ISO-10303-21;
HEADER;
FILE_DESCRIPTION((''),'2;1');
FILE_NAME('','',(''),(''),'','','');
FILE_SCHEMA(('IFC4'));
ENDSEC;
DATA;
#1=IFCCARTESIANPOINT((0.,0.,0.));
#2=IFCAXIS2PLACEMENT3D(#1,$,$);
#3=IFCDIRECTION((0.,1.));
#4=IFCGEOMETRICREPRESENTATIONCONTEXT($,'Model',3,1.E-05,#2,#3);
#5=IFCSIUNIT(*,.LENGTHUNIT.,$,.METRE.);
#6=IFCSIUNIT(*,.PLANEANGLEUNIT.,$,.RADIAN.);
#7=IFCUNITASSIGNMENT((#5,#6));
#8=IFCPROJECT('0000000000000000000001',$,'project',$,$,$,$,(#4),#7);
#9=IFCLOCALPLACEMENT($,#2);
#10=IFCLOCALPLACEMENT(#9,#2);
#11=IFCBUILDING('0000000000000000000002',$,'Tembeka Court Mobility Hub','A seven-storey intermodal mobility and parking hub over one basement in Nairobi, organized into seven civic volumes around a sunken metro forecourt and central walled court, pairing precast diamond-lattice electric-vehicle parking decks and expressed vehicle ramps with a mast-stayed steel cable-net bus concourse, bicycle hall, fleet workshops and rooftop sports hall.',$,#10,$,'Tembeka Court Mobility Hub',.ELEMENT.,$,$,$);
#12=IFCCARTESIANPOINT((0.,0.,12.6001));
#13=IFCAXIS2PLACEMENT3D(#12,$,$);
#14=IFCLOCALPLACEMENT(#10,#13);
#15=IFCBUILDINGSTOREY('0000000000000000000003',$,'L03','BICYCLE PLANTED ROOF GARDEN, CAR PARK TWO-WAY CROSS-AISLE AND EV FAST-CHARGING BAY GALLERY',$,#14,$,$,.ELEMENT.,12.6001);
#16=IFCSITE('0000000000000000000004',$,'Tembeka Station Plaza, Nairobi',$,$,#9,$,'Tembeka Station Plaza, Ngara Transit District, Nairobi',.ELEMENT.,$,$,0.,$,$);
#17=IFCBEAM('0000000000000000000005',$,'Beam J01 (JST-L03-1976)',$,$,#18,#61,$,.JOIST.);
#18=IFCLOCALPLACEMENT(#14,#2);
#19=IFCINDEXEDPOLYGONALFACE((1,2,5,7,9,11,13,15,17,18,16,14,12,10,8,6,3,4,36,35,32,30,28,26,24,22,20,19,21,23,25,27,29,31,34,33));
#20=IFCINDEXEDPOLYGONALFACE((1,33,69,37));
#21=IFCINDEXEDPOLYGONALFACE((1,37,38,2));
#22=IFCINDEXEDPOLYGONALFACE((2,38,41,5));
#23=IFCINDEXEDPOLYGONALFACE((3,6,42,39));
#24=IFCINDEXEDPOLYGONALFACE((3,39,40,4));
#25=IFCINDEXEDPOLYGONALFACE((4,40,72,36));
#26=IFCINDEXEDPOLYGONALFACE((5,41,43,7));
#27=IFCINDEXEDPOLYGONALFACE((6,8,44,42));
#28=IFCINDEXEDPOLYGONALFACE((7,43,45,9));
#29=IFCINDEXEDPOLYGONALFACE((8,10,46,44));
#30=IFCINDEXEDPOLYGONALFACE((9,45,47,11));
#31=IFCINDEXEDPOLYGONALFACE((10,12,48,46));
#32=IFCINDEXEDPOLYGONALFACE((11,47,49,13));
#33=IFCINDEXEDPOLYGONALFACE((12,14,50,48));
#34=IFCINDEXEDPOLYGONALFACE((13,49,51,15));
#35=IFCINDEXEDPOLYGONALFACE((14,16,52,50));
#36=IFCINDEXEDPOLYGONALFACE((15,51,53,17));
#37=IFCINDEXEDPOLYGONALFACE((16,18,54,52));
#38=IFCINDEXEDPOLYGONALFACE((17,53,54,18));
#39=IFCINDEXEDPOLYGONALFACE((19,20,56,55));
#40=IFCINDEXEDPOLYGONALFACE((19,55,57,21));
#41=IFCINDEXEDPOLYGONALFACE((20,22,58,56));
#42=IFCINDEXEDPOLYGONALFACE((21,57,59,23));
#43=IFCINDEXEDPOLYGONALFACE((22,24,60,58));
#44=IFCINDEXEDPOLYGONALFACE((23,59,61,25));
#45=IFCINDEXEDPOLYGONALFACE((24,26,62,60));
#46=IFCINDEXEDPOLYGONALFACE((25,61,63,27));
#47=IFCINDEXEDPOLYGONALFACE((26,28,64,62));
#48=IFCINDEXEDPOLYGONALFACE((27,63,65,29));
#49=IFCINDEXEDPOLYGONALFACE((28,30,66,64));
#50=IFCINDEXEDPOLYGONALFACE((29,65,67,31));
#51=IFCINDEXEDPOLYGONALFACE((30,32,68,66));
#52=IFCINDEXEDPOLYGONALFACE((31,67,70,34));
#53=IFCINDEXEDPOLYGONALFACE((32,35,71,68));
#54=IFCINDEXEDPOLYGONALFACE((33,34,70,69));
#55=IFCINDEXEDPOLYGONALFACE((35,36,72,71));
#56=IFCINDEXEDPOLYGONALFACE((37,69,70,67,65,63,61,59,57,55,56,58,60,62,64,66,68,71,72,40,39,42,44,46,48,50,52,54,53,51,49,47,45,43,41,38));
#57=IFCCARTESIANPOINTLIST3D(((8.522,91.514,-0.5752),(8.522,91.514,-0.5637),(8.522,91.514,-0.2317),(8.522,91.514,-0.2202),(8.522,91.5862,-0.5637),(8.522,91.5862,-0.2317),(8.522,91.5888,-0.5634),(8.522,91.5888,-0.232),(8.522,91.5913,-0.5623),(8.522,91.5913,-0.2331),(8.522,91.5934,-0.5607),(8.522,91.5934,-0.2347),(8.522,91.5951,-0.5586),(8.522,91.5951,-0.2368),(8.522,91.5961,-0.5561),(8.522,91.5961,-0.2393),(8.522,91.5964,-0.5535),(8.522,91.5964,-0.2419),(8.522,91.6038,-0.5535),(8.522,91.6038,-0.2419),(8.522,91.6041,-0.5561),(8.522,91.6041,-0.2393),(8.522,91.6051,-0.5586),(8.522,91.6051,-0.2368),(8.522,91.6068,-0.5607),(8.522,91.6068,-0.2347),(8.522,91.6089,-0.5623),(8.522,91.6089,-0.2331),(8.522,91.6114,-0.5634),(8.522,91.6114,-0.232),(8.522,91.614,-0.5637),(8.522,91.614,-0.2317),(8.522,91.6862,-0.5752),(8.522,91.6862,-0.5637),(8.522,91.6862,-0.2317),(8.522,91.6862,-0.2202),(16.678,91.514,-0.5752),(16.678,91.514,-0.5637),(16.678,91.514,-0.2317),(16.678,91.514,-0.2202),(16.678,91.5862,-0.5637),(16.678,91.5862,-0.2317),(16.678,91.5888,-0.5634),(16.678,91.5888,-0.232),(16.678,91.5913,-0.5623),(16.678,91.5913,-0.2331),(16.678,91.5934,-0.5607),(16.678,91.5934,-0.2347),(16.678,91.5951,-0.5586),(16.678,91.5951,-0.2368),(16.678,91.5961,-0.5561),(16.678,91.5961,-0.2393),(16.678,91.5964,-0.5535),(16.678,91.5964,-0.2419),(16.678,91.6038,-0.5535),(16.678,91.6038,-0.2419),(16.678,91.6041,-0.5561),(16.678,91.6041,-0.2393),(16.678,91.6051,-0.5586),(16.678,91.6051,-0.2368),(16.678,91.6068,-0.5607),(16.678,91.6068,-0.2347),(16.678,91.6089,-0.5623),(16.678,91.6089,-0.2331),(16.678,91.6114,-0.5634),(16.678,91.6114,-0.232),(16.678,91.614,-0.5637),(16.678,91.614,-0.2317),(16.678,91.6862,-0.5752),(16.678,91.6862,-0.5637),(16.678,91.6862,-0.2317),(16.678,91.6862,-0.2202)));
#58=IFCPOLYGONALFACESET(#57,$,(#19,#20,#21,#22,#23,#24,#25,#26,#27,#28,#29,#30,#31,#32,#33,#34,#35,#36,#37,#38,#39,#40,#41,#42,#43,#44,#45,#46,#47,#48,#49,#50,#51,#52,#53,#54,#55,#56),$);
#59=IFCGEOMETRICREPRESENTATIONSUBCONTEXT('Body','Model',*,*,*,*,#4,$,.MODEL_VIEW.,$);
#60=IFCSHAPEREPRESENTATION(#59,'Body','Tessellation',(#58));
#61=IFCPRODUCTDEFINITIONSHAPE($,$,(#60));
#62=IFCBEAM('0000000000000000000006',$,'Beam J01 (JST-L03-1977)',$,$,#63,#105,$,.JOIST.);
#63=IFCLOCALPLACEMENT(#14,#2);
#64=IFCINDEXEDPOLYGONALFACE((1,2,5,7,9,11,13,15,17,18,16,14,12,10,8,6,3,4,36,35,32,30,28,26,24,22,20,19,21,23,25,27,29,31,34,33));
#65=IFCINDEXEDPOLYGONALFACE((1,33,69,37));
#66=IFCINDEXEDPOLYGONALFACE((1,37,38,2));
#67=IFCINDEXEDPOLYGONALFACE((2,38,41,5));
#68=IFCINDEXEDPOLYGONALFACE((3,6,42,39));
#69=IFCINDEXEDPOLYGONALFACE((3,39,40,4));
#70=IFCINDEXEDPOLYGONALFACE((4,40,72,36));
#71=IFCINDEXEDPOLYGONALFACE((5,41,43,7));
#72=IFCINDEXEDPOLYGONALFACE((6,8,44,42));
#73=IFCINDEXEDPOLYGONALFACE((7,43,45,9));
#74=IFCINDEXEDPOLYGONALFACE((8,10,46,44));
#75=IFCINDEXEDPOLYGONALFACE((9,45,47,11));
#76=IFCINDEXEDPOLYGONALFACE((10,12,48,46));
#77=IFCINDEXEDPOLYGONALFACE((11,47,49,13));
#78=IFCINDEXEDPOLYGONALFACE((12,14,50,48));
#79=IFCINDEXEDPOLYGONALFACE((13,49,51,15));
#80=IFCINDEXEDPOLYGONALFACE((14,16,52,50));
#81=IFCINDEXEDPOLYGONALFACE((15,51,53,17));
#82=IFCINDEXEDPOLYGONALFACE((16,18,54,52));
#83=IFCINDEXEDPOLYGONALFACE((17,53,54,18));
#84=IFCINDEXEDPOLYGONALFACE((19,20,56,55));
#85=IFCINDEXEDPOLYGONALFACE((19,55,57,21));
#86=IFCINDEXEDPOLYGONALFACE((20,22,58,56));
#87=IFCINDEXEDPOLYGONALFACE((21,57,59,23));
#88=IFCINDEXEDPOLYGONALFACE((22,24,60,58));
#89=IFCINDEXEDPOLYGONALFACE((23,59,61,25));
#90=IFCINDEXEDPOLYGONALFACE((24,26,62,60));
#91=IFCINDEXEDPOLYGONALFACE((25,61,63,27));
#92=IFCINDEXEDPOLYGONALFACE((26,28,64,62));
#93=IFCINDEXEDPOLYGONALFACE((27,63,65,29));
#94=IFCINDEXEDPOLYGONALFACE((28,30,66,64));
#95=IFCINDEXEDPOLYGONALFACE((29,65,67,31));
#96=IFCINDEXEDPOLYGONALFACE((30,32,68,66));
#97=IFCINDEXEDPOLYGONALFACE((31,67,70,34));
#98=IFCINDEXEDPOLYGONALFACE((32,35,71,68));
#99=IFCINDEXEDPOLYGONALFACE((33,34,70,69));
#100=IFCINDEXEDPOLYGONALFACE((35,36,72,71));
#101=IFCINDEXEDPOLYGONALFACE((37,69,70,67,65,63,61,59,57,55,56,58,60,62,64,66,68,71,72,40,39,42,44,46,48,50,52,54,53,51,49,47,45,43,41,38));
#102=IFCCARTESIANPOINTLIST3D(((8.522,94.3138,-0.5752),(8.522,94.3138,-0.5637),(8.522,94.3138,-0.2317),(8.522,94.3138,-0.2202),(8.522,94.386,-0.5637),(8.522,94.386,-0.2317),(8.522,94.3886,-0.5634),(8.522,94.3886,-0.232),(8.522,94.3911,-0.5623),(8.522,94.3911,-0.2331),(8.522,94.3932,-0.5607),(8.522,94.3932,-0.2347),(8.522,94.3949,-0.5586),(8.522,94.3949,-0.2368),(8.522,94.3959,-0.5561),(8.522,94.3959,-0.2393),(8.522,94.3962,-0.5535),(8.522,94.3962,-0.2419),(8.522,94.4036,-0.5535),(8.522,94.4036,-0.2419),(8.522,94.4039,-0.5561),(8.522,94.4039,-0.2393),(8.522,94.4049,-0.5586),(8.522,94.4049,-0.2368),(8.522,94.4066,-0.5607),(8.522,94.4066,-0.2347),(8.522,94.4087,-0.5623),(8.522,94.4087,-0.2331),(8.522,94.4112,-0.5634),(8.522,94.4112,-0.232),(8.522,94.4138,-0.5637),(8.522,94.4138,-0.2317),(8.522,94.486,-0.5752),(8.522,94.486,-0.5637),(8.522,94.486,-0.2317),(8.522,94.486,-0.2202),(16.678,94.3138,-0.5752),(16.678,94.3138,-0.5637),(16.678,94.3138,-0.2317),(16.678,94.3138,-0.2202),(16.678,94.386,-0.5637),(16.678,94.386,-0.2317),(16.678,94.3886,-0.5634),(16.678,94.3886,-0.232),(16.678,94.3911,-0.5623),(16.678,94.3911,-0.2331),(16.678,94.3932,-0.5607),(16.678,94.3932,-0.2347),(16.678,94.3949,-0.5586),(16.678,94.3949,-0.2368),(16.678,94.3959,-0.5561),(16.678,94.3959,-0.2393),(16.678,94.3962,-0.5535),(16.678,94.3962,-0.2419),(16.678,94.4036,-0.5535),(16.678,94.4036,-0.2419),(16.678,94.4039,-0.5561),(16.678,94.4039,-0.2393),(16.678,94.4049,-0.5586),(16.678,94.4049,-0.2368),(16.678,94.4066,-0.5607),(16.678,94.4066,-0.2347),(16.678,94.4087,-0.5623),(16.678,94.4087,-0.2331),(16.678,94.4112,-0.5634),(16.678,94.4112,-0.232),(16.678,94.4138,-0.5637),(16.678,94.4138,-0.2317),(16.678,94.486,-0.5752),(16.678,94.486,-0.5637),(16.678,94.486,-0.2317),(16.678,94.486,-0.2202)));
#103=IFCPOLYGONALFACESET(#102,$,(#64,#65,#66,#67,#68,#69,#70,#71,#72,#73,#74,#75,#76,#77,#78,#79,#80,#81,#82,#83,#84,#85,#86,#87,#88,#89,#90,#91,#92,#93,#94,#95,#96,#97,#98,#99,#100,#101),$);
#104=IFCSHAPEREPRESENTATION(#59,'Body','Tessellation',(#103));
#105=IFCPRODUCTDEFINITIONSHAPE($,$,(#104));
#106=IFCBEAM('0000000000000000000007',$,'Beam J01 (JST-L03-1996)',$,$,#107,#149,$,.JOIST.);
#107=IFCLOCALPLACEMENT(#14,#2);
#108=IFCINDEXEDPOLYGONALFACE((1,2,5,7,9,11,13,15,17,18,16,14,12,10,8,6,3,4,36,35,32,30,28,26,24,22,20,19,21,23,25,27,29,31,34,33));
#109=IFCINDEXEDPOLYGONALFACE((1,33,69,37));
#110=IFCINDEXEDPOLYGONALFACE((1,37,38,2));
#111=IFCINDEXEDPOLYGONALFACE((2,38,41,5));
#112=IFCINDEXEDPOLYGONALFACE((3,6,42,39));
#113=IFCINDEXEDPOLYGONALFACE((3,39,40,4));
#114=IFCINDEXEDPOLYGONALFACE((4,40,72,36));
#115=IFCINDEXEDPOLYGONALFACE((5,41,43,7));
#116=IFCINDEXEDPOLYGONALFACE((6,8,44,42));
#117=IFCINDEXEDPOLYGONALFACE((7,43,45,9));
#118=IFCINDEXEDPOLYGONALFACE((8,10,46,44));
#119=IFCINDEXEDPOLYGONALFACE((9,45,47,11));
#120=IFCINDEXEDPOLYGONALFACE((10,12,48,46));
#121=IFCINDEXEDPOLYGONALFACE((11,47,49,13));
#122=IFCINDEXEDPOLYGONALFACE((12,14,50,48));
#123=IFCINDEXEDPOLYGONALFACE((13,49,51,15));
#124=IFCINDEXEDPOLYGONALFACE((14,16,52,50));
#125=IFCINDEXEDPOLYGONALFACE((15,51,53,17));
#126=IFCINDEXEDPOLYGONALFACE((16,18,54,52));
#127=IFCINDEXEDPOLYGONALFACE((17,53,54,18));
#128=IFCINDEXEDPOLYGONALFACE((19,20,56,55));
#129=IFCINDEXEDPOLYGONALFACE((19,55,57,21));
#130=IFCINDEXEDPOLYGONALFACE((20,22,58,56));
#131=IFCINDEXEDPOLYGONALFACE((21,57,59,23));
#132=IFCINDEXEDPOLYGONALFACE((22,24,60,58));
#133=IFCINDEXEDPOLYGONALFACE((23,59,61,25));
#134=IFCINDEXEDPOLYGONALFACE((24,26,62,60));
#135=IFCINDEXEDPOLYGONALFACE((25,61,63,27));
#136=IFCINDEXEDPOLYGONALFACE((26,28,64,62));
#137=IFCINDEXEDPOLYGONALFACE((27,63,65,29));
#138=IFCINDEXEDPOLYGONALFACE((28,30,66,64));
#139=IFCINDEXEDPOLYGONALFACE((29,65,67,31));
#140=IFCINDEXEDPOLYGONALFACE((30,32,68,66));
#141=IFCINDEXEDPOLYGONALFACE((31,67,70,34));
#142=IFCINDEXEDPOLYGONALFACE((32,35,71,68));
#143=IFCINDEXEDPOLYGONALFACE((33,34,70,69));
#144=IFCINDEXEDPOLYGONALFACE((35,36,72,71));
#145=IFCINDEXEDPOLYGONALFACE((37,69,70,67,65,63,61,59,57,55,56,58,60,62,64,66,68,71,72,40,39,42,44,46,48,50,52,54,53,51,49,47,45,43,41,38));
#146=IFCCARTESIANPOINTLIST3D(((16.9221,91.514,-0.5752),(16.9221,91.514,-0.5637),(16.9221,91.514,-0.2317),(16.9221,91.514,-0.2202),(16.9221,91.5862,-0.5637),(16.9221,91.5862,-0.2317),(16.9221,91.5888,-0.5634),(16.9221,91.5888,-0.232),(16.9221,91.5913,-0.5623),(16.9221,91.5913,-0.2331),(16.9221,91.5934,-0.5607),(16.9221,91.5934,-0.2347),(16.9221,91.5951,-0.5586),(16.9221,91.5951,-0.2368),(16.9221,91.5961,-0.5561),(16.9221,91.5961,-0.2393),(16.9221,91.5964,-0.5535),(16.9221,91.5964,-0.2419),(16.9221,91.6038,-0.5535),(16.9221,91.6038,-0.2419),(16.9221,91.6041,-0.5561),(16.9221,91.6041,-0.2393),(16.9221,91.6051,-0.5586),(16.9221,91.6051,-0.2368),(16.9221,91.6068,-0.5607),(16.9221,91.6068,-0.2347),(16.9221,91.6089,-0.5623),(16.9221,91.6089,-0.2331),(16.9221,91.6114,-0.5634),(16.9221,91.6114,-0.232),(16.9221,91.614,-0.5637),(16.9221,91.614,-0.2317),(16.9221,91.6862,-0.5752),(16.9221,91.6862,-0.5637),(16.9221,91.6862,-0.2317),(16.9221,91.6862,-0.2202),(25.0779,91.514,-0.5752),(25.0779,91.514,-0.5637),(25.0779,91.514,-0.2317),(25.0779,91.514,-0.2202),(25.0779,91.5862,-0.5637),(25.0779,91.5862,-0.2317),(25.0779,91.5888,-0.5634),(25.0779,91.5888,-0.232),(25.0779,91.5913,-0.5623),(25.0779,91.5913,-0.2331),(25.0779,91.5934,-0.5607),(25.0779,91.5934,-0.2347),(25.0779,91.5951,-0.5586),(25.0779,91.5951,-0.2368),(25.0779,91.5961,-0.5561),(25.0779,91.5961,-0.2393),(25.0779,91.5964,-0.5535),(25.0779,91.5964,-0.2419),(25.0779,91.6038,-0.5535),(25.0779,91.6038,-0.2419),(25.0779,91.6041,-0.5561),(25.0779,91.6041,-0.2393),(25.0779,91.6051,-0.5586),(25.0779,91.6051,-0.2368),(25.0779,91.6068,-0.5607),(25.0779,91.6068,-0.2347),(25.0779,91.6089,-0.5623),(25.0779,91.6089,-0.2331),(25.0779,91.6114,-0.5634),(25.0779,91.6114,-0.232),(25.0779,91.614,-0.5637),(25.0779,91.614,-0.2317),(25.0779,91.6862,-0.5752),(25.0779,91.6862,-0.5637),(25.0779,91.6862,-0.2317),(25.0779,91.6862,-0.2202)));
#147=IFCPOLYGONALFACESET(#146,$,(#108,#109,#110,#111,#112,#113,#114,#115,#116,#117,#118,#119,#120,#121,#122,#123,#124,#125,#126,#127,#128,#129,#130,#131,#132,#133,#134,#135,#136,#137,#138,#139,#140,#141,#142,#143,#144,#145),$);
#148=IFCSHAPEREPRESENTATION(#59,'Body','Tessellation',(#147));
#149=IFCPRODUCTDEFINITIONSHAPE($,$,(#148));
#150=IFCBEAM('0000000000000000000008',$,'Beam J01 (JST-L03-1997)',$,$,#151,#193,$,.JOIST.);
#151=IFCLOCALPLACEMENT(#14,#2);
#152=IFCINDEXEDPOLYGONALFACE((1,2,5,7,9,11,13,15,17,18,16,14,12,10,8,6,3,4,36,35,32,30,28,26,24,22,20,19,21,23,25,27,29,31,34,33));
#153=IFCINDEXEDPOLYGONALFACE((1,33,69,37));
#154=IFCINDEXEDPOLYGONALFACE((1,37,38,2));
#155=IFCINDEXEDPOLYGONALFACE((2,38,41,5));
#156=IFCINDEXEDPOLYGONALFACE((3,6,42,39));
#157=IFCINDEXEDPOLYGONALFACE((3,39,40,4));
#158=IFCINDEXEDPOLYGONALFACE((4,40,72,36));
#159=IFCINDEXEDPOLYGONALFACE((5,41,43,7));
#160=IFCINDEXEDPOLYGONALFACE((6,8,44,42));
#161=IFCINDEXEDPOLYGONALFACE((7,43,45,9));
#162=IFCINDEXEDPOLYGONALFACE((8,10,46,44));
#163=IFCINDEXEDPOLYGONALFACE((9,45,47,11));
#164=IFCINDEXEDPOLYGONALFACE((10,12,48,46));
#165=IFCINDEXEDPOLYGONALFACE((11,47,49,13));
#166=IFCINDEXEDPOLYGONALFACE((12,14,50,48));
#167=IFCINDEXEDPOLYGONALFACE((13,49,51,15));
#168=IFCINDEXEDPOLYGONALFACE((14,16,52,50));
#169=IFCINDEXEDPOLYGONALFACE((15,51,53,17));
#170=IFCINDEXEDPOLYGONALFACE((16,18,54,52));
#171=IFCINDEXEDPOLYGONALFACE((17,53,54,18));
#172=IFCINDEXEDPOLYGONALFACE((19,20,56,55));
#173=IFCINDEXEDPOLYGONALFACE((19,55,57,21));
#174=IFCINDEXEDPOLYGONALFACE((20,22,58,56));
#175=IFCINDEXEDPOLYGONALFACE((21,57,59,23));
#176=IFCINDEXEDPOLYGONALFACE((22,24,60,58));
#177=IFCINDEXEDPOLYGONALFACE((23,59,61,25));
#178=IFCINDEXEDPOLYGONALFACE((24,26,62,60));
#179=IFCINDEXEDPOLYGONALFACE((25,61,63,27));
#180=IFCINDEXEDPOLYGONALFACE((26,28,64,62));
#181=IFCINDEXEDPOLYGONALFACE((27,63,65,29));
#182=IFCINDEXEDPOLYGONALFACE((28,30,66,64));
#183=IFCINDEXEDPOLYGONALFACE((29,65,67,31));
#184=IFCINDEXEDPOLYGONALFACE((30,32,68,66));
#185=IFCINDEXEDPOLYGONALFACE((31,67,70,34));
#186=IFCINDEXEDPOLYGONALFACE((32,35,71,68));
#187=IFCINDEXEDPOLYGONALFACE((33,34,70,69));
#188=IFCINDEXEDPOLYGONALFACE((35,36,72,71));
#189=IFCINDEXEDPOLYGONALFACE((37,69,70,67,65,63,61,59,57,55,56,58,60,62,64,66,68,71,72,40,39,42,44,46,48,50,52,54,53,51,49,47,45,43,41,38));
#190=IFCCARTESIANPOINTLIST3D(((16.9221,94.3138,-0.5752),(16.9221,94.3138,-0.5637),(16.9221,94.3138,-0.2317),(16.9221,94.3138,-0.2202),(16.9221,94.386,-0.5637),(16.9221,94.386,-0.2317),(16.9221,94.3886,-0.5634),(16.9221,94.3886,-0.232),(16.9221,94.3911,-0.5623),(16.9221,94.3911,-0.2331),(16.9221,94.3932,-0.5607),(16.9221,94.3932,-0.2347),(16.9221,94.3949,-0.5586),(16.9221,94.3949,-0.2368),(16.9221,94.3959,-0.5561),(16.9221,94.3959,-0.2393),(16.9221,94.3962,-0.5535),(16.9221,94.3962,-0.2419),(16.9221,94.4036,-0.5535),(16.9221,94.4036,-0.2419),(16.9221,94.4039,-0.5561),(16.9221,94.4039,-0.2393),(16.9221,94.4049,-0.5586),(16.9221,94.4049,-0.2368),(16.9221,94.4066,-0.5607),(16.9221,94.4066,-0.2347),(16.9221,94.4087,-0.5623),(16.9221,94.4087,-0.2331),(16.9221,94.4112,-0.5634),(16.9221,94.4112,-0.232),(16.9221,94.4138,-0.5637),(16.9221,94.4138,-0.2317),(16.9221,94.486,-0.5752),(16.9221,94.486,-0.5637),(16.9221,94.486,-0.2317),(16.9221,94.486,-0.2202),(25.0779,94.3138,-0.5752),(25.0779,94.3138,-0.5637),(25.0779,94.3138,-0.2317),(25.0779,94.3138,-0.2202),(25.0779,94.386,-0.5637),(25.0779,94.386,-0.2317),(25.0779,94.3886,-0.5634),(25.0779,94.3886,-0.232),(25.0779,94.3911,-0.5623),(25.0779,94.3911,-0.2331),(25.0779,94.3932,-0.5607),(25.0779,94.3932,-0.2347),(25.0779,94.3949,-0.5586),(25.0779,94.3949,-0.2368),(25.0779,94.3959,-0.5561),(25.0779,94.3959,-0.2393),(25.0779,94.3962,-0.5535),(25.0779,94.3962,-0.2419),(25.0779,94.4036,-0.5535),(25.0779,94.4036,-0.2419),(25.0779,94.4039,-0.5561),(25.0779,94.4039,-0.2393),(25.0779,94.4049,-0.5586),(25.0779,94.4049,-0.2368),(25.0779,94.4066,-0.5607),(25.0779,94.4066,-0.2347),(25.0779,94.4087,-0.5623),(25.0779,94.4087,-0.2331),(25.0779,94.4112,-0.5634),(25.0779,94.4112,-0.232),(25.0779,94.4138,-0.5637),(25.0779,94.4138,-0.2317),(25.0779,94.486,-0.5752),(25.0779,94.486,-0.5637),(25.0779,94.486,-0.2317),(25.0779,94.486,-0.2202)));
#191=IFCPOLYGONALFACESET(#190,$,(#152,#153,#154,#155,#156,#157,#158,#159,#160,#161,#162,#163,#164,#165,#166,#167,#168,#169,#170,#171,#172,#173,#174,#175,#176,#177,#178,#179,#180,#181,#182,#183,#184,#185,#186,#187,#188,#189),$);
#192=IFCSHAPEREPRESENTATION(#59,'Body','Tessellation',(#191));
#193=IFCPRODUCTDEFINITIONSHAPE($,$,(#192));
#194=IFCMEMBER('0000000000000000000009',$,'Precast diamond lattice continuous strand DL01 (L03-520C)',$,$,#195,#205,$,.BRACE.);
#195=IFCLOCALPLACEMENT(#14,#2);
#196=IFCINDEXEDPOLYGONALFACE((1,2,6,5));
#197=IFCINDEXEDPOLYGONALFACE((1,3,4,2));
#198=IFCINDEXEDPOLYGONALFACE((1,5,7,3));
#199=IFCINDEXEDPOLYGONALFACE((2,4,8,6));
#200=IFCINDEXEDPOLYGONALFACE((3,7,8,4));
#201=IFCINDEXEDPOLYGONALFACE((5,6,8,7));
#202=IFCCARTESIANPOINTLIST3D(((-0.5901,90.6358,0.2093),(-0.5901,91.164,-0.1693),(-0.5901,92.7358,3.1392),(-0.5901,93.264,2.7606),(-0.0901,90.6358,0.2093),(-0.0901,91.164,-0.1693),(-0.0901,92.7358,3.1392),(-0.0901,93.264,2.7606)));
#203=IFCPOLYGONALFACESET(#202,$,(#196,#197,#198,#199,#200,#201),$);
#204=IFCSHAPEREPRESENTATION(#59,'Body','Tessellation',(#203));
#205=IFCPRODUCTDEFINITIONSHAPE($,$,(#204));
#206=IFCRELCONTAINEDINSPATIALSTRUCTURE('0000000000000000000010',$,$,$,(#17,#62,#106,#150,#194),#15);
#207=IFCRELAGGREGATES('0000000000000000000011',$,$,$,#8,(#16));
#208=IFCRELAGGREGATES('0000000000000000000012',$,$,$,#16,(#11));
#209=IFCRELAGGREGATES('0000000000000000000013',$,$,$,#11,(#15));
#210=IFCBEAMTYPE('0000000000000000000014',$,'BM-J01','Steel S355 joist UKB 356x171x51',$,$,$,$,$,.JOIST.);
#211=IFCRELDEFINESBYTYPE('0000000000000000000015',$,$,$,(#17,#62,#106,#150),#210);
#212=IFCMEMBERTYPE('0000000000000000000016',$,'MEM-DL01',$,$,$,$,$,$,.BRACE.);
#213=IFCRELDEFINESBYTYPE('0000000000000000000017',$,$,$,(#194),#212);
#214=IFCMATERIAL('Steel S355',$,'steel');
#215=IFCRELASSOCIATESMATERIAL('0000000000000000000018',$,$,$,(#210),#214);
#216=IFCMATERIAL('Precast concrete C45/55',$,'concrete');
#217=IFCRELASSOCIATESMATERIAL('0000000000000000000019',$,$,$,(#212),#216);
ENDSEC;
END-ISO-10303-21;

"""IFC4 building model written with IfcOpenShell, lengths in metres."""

from ifc_helpers import new_model, si_unit, direction, frame, origin, origin_2d, place, context, subcontext, project, spatial, rectangle, i_section, extrude, material, material_profile, profile_set, type_object, element, save


model = new_model("IFC4")

# Units and contexts
model_context = context("Model", 3, precision=1e-05, world=origin(), true_north=direction((0.0, 1.0)))
body_context = subcontext(model_context, "Body", "Model", "MODEL_VIEW")
ifc_project = project(units=[si_unit("LENGTHUNIT", "METRE"), si_unit("PLANEANGLEUNIT", "RADIAN")], contexts=[model_context])

# Site, building, storey
site_placement = place(None, origin())
site = spatial("IfcSite", under=ifc_project, at=site_placement, Name="Tembeka Station Plaza, Nairobi", LongName="Tembeka Station Plaza, Ngara Transit District, Nairobi", CompositionType="ELEMENT", RefElevation=0.0)
building_placement = place(site_placement, origin())
building = spatial("IfcBuilding", under=site, at=building_placement, Name="Tembeka Court Mobility Hub", Description="A seven-storey intermodal mobility and parking hub over one basement in Nairobi, organized into seven civic volumes around a sunken metro forecourt and central walled court, pairing precast diamond-lattice electric-vehicle parking decks and expressed vehicle ramps with a mast-stayed steel cable-net bus concourse, bicycle hall, fleet workshops and rooftop sports hall.", LongName="Tembeka Court Mobility Hub", CompositionType="ELEMENT")
storey_placement = place(building_placement, frame((0.0, 0.0, 12.6001)))
storey = spatial("IfcBuildingStorey", under=building, at=storey_placement, Name="L03", Description="BICYCLE PLANTED ROOF GARDEN, CAR PARK TWO-WAY CROSS-AISLE AND EV FAST-CHARGING BAY GALLERY", CompositionType="ELEMENT", Elevation=12.6001)

# Shared definitions
ifc_material_1 = material(Name="Steel S355", Category="steel")

# Beams
ifc_material_profile_1 = material_profile(ifc_material_1, i_section(OverallWidth=0.1721, OverallDepth=0.355, WebThickness=0.0073, FlangeThickness=0.0115, FilletRadius=0.0103, at=origin_2d()), Name="UKB 356x171x51")
ifc_profile_set_1 = profile_set([ifc_material_profile_1], Name="Steel S355")
beam_type_1 = type_object("IfcBeamType", Name="BM-J01", Description="Steel S355 joist UKB 356x171x51", PredefinedType="JOIST", material=ifc_profile_set_1)
for number, where, z_axis, x_axis, name in (
    (1, (8.522, 91.6001, -0.3977), (1.0, 0.0, 0.0), (0.0, 1.0, 0.0), "Beam J01 (JST-L03-1976)"),
    (2, (8.522, 94.3999, -0.3977), (1.0, 0.0, 0.0), (0.0, 1.0, 0.0), "Beam J01 (JST-L03-1977)"),
):
    element("IfcBeam", number, at=place(storey_placement, frame(where, z_axis=z_axis, x_axis=x_axis)), inside=storey, type_object=beam_type_1, Name=name, PredefinedType="JOIST", context=body_context, shape_type="SweptSolid", body=[
        extrude(i_section(OverallWidth=0.1721, OverallDepth=0.355, WebThickness=0.0073, FlangeThickness=0.0115, FilletRadius=0.0103, at=origin_2d()), origin(), (0.0, 0.0, 1.0), 8.156),
    ])
for number, where, z_axis, x_axis, name in (
    (3, (16.9221, 91.6001, -0.3977), (1.0, 0.0, 0.0), (0.0, 1.0, 0.0), "Beam J01 (JST-L03-1996)"),
    (4, (16.9221, 94.3999, -0.3977), (1.0, 0.0, 0.0), (0.0, 1.0, 0.0), "Beam J01 (JST-L03-1997)"),
):
    element("IfcBeam", number, at=place(storey_placement, frame(where, z_axis=z_axis, x_axis=x_axis)), inside=storey, type_object=beam_type_1, Name=name, PredefinedType="JOIST", context=body_context, shape_type="SweptSolid", body=[
        extrude(i_section(OverallWidth=0.1721, OverallDepth=0.355, WebThickness=0.0073, FlangeThickness=0.0115, FilletRadius=0.0103, at=origin_2d()), origin(), (0.0, 0.0, 1.0), 8.1558),
    ])

# Member
ifc_material_2 = material(Name="Precast concrete C45/55", Category="concrete")
ifc_material_profile_2 = material_profile(ifc_material_2, rectangle(XDim=0.5, YDim=0.6499, at=origin_2d()), Name="PC-DIAG 500x650")
ifc_profile_set_2 = profile_set([ifc_material_profile_2], Name="Precast concrete C45/55")
member_type_1 = type_object("IfcMemberType", Name="MEM-DL01", PredefinedType="BRACE", material=ifc_profile_set_2)
member_1_placement = place(storey_placement, frame((-0.3401, 90.8999, 0.02), z_axis=(0.0, 0.582576, 0.812776), x_axis=(-1.0, 0.0, 0.0)))
element("IfcMember", 5, at=member_1_placement, inside=storey, type_object=member_type_1, Name="Precast diamond lattice continuous strand DL01 (L03-520C)", PredefinedType="BRACE", context=body_context, shape_type="SweptSolid", body=[
    extrude(rectangle(XDim=0.5, YDim=0.6499, at=origin_2d()), origin(), (0.0, 0.0, 1.0), 3.6047),
])

save(model, "model.ifc")
